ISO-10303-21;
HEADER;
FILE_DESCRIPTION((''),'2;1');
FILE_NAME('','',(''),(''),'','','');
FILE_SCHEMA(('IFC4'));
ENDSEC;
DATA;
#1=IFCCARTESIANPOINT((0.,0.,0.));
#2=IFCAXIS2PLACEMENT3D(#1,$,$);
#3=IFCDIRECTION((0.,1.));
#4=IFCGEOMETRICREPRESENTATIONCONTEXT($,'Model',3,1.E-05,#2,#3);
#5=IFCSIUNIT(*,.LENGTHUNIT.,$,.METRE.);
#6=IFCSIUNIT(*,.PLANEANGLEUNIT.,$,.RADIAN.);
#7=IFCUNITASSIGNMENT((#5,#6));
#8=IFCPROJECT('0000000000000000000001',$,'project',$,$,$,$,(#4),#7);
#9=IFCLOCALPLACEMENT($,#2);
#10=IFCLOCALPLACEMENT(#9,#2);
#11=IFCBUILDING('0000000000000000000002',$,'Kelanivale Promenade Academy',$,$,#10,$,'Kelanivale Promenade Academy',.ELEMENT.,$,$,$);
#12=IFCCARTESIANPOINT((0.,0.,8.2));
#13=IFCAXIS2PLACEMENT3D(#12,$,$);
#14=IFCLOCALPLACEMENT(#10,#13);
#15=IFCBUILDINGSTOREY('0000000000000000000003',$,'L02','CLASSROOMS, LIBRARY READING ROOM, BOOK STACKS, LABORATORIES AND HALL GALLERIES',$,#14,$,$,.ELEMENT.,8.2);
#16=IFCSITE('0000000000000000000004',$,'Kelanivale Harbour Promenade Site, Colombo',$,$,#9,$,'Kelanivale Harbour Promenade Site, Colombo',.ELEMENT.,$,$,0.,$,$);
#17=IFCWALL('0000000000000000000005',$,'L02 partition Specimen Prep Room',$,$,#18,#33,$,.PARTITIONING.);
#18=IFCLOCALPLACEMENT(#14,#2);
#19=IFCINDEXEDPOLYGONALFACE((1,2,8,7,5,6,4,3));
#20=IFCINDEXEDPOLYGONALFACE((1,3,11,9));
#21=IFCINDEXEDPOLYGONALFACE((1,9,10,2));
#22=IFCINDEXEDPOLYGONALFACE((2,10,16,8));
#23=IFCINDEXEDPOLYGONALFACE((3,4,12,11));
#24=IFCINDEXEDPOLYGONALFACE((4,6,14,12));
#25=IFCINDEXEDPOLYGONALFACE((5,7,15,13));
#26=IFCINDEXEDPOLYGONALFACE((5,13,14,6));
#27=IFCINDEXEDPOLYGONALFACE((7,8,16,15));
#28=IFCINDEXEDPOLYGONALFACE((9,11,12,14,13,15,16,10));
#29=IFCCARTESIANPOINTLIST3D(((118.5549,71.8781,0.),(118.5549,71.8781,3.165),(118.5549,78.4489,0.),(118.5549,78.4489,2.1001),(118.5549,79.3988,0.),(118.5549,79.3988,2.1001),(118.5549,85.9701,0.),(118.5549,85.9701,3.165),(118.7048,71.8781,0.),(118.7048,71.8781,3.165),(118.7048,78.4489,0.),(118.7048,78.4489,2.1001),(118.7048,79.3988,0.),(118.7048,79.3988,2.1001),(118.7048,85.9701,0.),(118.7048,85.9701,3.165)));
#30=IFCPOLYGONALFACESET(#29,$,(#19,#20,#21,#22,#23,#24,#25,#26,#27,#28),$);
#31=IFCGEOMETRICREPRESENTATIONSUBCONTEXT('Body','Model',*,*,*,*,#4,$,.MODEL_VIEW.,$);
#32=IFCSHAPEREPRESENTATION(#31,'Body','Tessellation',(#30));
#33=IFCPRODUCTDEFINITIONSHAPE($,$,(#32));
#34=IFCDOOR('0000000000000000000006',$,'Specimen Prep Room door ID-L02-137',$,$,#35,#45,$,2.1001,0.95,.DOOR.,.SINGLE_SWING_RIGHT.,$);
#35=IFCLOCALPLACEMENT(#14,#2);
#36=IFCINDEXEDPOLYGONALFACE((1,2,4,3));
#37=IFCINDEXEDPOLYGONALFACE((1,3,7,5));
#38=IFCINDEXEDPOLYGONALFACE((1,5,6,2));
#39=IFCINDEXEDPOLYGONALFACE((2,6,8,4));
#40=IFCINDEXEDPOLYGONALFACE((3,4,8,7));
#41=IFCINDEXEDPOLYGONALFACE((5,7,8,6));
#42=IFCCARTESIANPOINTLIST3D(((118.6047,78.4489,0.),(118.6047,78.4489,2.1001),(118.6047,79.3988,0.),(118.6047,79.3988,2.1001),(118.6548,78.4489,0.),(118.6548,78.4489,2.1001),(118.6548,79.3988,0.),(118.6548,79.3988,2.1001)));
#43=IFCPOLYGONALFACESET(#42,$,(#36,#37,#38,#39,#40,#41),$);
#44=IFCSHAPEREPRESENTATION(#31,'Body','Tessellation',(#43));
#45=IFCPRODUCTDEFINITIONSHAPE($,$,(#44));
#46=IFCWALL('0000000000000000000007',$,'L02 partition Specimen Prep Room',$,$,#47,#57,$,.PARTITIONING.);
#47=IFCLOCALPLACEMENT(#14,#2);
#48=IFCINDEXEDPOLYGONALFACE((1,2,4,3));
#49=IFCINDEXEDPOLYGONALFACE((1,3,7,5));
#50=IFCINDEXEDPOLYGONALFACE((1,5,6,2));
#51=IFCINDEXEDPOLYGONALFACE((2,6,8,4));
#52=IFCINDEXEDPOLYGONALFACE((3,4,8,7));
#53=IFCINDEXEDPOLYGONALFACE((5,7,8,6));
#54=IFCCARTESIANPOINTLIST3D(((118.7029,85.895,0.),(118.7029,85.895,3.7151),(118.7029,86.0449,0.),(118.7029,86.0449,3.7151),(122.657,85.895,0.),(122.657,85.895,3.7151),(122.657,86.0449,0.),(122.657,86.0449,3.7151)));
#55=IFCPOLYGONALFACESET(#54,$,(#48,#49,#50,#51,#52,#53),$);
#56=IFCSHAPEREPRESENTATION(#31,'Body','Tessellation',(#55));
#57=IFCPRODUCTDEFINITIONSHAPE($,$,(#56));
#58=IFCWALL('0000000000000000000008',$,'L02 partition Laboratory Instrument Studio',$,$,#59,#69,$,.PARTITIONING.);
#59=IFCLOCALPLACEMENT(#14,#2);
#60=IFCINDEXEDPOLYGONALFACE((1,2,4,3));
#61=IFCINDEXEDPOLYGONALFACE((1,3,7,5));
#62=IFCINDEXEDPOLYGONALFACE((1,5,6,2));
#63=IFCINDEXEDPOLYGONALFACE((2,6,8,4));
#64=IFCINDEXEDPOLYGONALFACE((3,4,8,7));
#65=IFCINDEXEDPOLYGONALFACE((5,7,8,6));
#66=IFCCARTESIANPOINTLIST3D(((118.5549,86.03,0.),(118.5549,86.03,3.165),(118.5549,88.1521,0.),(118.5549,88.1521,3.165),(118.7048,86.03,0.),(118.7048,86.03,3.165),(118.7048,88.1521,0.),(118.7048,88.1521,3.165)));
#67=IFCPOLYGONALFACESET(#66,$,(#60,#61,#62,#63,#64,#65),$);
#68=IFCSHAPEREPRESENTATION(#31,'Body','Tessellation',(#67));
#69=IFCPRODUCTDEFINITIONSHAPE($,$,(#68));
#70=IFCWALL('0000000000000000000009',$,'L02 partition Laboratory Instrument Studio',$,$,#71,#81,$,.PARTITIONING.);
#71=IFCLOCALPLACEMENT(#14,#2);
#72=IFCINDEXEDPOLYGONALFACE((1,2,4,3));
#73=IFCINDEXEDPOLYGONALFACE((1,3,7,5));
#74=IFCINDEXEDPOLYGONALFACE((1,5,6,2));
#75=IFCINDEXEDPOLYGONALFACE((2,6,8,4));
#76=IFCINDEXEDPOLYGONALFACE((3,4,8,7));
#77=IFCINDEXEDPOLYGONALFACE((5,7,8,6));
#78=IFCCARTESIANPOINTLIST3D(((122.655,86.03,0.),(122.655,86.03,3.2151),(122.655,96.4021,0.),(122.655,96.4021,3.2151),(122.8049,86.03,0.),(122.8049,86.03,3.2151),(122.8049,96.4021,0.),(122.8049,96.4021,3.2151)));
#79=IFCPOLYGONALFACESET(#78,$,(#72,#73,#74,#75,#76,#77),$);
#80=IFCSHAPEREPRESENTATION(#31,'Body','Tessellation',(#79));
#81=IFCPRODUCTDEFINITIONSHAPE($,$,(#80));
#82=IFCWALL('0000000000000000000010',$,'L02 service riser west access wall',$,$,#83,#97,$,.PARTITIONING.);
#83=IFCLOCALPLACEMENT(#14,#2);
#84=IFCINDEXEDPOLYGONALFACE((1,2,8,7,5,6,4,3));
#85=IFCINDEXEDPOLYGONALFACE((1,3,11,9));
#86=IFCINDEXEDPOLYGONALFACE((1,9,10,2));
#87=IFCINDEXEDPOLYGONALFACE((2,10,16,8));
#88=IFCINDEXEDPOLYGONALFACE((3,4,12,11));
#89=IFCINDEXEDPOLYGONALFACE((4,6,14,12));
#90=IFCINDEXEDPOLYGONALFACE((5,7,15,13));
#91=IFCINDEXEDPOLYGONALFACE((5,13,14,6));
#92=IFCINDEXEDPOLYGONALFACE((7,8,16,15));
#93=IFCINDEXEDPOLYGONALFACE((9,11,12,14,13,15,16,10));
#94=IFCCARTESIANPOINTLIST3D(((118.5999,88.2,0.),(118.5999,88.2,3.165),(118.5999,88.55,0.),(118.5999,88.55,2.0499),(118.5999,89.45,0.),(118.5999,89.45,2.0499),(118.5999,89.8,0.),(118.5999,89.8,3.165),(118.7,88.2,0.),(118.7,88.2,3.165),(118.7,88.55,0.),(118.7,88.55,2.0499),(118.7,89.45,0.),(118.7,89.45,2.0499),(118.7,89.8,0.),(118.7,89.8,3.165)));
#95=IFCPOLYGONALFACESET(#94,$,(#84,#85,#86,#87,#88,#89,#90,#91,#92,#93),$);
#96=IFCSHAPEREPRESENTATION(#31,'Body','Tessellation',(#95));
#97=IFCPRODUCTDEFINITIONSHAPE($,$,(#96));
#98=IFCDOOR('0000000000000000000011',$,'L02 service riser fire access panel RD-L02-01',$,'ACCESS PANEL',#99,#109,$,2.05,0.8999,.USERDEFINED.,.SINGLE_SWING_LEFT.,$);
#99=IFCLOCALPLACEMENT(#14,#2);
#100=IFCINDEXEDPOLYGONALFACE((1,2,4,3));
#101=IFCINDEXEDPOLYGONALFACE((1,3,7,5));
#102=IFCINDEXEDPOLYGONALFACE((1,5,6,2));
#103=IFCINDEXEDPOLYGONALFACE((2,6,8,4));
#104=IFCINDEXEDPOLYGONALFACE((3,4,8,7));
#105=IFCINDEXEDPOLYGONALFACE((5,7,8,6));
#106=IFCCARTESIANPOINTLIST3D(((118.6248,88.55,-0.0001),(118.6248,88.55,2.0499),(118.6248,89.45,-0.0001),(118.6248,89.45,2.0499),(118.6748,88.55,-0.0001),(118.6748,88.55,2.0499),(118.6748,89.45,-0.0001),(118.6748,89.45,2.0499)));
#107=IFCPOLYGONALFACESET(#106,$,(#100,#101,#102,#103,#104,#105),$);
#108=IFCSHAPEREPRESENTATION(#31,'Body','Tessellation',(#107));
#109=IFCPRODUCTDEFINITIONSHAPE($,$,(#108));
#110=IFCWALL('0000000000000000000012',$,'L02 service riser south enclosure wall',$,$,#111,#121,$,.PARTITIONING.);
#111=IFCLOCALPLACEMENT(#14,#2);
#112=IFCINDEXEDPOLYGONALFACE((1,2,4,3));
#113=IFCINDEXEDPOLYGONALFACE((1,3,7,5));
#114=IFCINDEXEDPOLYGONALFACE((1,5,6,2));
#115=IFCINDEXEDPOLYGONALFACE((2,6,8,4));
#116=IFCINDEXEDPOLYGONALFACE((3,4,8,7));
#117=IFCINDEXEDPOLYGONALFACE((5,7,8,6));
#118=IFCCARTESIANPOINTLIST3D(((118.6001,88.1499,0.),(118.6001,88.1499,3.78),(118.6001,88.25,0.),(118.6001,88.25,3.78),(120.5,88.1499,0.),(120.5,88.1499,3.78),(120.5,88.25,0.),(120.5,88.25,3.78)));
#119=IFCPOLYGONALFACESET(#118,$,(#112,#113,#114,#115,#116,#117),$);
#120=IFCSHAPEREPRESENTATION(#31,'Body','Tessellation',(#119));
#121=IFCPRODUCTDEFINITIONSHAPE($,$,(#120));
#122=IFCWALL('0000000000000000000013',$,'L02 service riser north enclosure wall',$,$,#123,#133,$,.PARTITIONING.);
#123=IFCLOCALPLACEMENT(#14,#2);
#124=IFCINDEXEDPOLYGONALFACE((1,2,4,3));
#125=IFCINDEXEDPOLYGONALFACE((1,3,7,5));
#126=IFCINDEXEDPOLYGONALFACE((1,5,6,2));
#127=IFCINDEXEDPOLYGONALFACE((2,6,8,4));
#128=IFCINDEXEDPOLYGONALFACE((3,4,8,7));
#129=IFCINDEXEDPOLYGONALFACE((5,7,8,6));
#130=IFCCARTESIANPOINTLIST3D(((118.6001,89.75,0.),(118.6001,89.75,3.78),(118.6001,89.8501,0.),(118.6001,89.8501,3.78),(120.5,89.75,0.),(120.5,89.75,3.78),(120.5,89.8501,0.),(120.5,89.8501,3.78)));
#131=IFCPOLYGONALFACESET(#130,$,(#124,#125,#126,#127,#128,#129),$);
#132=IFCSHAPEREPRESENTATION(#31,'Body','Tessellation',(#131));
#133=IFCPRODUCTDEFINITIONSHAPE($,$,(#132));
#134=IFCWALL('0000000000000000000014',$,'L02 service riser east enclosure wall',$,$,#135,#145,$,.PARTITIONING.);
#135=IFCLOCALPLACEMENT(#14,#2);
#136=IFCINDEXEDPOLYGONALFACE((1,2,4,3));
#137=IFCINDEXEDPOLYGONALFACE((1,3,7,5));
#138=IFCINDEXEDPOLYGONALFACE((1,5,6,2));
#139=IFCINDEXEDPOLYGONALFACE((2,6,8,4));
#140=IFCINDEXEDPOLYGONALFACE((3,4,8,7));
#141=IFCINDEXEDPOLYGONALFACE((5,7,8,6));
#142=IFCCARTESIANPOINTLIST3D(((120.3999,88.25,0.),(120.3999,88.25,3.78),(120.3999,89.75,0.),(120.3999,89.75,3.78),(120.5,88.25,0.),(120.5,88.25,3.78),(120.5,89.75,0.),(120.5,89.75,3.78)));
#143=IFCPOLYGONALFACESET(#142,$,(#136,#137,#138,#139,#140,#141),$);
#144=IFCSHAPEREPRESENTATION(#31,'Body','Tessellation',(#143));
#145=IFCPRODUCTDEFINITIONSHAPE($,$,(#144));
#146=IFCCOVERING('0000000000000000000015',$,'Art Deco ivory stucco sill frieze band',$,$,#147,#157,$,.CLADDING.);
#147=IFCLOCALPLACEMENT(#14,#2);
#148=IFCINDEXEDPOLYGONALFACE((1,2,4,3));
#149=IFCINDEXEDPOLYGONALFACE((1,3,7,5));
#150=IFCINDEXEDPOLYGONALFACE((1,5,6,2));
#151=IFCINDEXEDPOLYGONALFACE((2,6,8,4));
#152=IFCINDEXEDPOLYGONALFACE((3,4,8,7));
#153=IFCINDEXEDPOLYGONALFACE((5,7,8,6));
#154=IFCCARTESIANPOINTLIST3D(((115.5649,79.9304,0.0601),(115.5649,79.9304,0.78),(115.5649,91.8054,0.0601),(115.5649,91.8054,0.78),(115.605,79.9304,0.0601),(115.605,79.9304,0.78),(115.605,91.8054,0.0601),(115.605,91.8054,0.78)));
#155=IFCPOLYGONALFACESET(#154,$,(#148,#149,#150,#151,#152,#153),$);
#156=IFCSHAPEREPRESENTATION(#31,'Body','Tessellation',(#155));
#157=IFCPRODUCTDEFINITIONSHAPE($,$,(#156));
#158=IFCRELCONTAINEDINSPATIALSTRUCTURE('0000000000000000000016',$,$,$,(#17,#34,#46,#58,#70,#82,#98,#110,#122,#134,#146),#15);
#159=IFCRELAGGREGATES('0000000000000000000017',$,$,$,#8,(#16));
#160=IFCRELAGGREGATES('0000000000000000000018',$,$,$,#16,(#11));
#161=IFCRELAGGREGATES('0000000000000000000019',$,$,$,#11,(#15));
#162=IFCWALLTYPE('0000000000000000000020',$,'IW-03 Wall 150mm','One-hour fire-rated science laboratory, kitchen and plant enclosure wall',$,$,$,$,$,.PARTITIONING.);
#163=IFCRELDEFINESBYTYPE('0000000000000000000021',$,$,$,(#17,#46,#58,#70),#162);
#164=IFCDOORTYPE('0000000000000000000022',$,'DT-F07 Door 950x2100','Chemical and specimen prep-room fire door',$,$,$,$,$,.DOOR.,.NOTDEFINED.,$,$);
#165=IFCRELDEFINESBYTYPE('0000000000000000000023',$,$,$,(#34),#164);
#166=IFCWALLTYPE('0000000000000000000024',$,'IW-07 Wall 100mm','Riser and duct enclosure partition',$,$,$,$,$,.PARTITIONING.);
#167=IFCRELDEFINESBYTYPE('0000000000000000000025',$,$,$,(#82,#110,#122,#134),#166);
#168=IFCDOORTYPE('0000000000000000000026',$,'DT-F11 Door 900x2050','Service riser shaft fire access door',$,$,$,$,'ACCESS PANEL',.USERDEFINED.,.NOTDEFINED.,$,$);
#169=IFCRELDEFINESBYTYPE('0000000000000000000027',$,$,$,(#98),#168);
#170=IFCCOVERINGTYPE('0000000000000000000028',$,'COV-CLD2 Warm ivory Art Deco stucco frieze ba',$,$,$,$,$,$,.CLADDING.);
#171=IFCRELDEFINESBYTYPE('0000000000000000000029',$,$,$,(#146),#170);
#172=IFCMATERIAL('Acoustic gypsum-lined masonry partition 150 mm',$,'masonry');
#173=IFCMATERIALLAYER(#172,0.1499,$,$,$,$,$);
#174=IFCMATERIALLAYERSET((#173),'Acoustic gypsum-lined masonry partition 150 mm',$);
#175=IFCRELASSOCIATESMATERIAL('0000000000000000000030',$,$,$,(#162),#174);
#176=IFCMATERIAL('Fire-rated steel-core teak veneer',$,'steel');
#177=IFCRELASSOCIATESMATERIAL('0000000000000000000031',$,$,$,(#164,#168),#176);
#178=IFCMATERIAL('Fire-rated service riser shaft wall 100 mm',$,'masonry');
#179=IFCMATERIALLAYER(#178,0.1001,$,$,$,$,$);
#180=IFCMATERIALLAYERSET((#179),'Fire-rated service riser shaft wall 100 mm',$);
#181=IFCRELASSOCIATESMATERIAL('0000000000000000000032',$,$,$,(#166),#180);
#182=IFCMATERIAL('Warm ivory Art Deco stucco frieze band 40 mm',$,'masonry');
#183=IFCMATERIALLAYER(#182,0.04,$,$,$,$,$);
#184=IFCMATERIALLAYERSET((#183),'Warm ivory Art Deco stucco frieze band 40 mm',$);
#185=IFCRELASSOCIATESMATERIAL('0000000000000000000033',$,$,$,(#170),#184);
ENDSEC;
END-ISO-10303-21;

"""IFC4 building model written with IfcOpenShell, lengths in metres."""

from ifc_helpers import new_model, si_unit, direction, frame, frame_2d, origin, origin_2d, place, context, subcontext, project, spatial, rectangle, extrude, material, layer, layer_set, type_object, element, fill, save


model = new_model("IFC4")

# Units and contexts
model_context = context("Model", 3, precision=1e-05, world=origin(), true_north=direction((0.0, 1.0)))
body_context = subcontext(model_context, "Body", "Model", "MODEL_VIEW")
ifc_project = project(units=[si_unit("LENGTHUNIT", "METRE"), si_unit("PLANEANGLEUNIT", "RADIAN")], contexts=[model_context])

# Site, building, storey
site_placement = place(None, origin())
site = spatial("IfcSite", under=ifc_project, at=site_placement, Name="Kelanivale Harbour Promenade Site, Colombo", LongName="Kelanivale Harbour Promenade Site, Colombo", CompositionType="ELEMENT", RefElevation=0.0)
building_placement = place(site_placement, origin())
building = spatial("IfcBuilding", under=site, at=building_placement, Name="Kelanivale Promenade Academy", LongName="Kelanivale Promenade Academy", CompositionType="ELEMENT")
storey_placement = place(building_placement, frame((0.0, 0.0, 8.2)))
storey = spatial("IfcBuildingStorey", under=building, at=storey_placement, Name="L02", Description="CLASSROOMS, LIBRARY READING ROOM, BOOK STACKS, LABORATORIES AND HALL GALLERIES", CompositionType="ELEMENT", Elevation=8.2)

# Wall, opening, door
ifc_material_1 = material(Name="Acoustic gypsum-lined masonry partition 150 mm", Category="masonry")
ifc_layer_1 = layer(ifc_material_1, 0.1499)
ifc_layer_set_1 = layer_set([ifc_layer_1], Name="Acoustic gypsum-lined masonry partition 150 mm")
wall_type_1 = type_object("IfcWallType", Name="IW-03 Wall 150mm", Description="One-hour fire-rated science laboratory, kitchen and plant enclosure wall", PredefinedType="PARTITIONING", material=ifc_layer_set_1)
wall_1_placement = place(storey_placement, frame((118.6299, 85.97, 0.0), z_axis=(0.0, 0.0, 1.0), x_axis=(0.0, -1.0, 0.0)))
wall_1 = element("IfcWall", 1, at=wall_1_placement, inside=storey, type_object=wall_type_1, Name="L02 partition Specimen Prep Room", PredefinedType="PARTITIONING", context=body_context, shape_type="SweptSolid", body=[
    extrude(rectangle(XDim=14.092, YDim=0.1499, at=frame_2d((7.0459, 0.0))), origin(), (0.0, 0.0, 1.0), 3.165),
])
opening_1_placement = place(wall_1_placement, frame((6.571, 0.0, 0.0)))
opening_1 = element("IfcOpeningElement", 2, at=opening_1_placement, cuts=wall_1, PredefinedType="OPENING", context=body_context, shape_type="SweptSolid", body=[
    extrude(rectangle(XDim=0.95, YDim=2.1001, at=frame_2d((0.4751, 1.05))), frame((0.0, 0.085, 0.0), z_axis=(0.0, -1.0, 0.0), x_axis=(1.0, 0.0, 0.0)), (0.0, 0.0, 1.0), 0.1699),
])
ifc_material_2 = material(Name="Fire-rated steel-core teak veneer", Category="steel")
door_type_1 = type_object("IfcDoorType", Name="DT-F07 Door 950x2100", Description="Chemical and specimen prep-room fire door", OperationType="NOTDEFINED", PredefinedType="DOOR", material=ifc_material_2)
door_1_placement = place(opening_1_placement, origin())
door_1 = element("IfcDoor", 3, at=door_1_placement, inside=storey, type_object=door_type_1, Name="Specimen Prep Room door ID-L02-137", OperationType="SINGLE_SWING_RIGHT", OverallHeight=2.1001, OverallWidth=0.95, PredefinedType="DOOR", context=body_context, shape_type="SweptSolid", body=[
    extrude(rectangle(XDim=0.95, YDim=2.1001, at=frame_2d((0.4751, 1.05))), frame((0.0, 0.0249, 0.0), z_axis=(0.0, -1.0, 0.0), x_axis=(1.0, 0.0, 0.0)), (0.0, 0.0, 1.0), 0.05),
])
fill(opening_1, door_1)

# Walls
wall_2_placement = place(storey_placement, frame((122.657, 85.97, 0.0), z_axis=(0.0, 0.0, 1.0), x_axis=(-1.0, 0.0, 0.0)))
element("IfcWall", 4, at=wall_2_placement, inside=storey, type_object=wall_type_1, Name="L02 partition Specimen Prep Room", PredefinedType="PARTITIONING", context=body_context, shape_type="SweptSolid", body=[
    extrude(rectangle(XDim=3.9541, YDim=0.1499, at=frame_2d((1.9771, 0.0))), origin(), (0.0, 0.0, 1.0), 3.7151),
])
wall_3_placement = place(storey_placement, frame((118.6299, 88.1521, 0.0), z_axis=(0.0, 0.0, 1.0), x_axis=(0.0, -1.0, 0.0)))
element("IfcWall", 5, at=wall_3_placement, inside=storey, type_object=wall_type_1, Name="L02 partition Laboratory Instrument Studio", PredefinedType="PARTITIONING", context=body_context, shape_type="SweptSolid", body=[
    extrude(rectangle(XDim=2.1221, YDim=0.1499, at=frame_2d((1.061, 0.0))), origin(), (0.0, 0.0, 1.0), 3.165),
])
wall_4_placement = place(storey_placement, frame((122.73, 86.03, 0.0), z_axis=(0.0, 0.0, 1.0), x_axis=(0.0, 1.0, 0.0)))
element("IfcWall", 6, at=wall_4_placement, inside=storey, type_object=wall_type_1, Name="L02 partition Laboratory Instrument Studio", PredefinedType="PARTITIONING", context=body_context, shape_type="SweptSolid", body=[
    extrude(rectangle(XDim=10.3721, YDim=0.1499, at=frame_2d((5.186, 0.0))), origin(), (0.0, 0.0, 1.0), 3.2151),
])

# Wall, opening, door
ifc_material_3 = material(Name="Fire-rated service riser shaft wall 100 mm", Category="masonry")
ifc_layer_2 = layer(ifc_material_3, 0.1001)
ifc_layer_set_2 = layer_set([ifc_layer_2], Name="Fire-rated service riser shaft wall 100 mm")
wall_type_2 = type_object("IfcWallType", Name="IW-07 Wall 100mm", Description="Riser and duct enclosure partition", PredefinedType="PARTITIONING", material=ifc_layer_set_2)
wall_5_placement = place(storey_placement, frame((118.6499, 88.2, 0.0), z_axis=(0.0, 0.0, 1.0), x_axis=(0.0, 1.0, 0.0)))
wall_5 = element("IfcWall", 7, at=wall_5_placement, inside=storey, type_object=wall_type_2, Name="L02 service riser west access wall", PredefinedType="PARTITIONING", context=body_context, shape_type="SweptSolid", body=[
    extrude(rectangle(XDim=1.6001, YDim=0.1001, at=frame_2d((0.8, 0.0))), origin(), (0.0, 0.0, 1.0), 3.165),
])
opening_2_placement = place(wall_5_placement, frame((0.3501, 0.0, 0.0)))
opening_2 = element("IfcOpeningElement", 8, at=opening_2_placement, cuts=wall_5, PredefinedType="OPENING", context=body_context, shape_type="SweptSolid", body=[
    extrude(rectangle(XDim=0.8999, YDim=2.05, at=frame_2d((0.45, 1.0249))), frame((0.0, 0.0601, 0.0), z_axis=(0.0, -1.0, 0.0), x_axis=(1.0, 0.0, 0.0)), (0.0, 0.0, 1.0), 0.1201),
])
door_type_2 = type_object("IfcDoorType", Name="DT-F11 Door 900x2050", Description="Service riser shaft fire access door", ElementType="ACCESS PANEL", OperationType="NOTDEFINED", PredefinedType="USERDEFINED", material=ifc_material_2)
door_2_placement = place(opening_2_placement, frame((0.8999, 0.0, 0.0), z_axis=(0.0, 0.0, 1.0), x_axis=(-1.0, 0.0, 0.0)))
door_2 = element("IfcDoor", 9, at=door_2_placement, inside=storey, type_object=door_type_2, Name="L02 service riser fire access panel RD-L02-01", ObjectType="ACCESS PANEL", OperationType="SINGLE_SWING_LEFT", OverallHeight=2.05, OverallWidth=0.8999, PredefinedType="USERDEFINED", context=body_context, shape_type="SweptSolid", body=[
    extrude(rectangle(XDim=0.8999, YDim=2.05, at=frame_2d((0.45, 1.0249))), frame((0.0, 0.0249, 0.0), z_axis=(0.0, -1.0, 0.0), x_axis=(1.0, 0.0, 0.0)), (0.0, 0.0, 1.0), 0.05),
])
fill(opening_2, door_2)

# Walls
for number, where, z_axis, x_axis, name in (
    (10, (118.6001, 88.2, 0.0), (0.0, 0.0, 1.0), (1.0, 0.0, 0.0), "L02 service riser south enclosure wall"),
    (11, (118.6001, 89.8, 0.0), (0.0, 0.0, 1.0), (1.0, 0.0, 0.0), "L02 service riser north enclosure wall"),
):
    element("IfcWall", number, at=place(storey_placement, frame(where, z_axis=z_axis, x_axis=x_axis)), inside=storey, type_object=wall_type_2, Name=name, PredefinedType="PARTITIONING", context=body_context, shape_type="SweptSolid", body=[
        extrude(rectangle(XDim=1.8999, YDim=0.1001, at=frame_2d((0.95, 0.0))), origin(), (0.0, 0.0, 1.0), 3.78),
    ])
wall_6_placement = place(storey_placement, frame((120.45, 88.25, 0.0), z_axis=(0.0, 0.0, 1.0), x_axis=(0.0, 1.0, 0.0)))
element("IfcWall", 12, at=wall_6_placement, inside=storey, type_object=wall_type_2, Name="L02 service riser east enclosure wall", PredefinedType="PARTITIONING", context=body_context, shape_type="SweptSolid", body=[
    extrude(rectangle(XDim=1.5, YDim=0.1001, at=frame_2d((0.75, 0.0))), origin(), (0.0, 0.0, 1.0), 3.78),
])

# Covering
ifc_material_4 = material(Name="Warm ivory Art Deco stucco frieze band 40 mm", Category="masonry")
ifc_layer_3 = layer(ifc_material_4, 0.04)
ifc_layer_set_3 = layer_set([ifc_layer_3], Name="Warm ivory Art Deco stucco frieze band 40 mm")
covering_type = type_object("IfcCoveringType", Name="COV-CLD2 Warm ivory Art Deco stucco frieze ba", PredefinedType="CLADDING", material=ifc_layer_set_3)
covering_placement = place(storey_placement, frame((115.585, 85.8679, 0.0601), z_axis=(0.0, 0.0, 1.0), x_axis=(0.0, -1.0, 0.0)))
element("IfcCovering", 13, at=covering_placement, inside=storey, type_object=covering_type, Name="Art Deco ivory stucco sill frieze band", PredefinedType="CLADDING", context=body_context, shape_type="SweptSolid", body=[
    extrude(rectangle(XDim=11.875, YDim=0.04, at=origin_2d()), origin(), (0.0, 0.0, 1.0), 0.72),
])

save(model, "model.ifc")
